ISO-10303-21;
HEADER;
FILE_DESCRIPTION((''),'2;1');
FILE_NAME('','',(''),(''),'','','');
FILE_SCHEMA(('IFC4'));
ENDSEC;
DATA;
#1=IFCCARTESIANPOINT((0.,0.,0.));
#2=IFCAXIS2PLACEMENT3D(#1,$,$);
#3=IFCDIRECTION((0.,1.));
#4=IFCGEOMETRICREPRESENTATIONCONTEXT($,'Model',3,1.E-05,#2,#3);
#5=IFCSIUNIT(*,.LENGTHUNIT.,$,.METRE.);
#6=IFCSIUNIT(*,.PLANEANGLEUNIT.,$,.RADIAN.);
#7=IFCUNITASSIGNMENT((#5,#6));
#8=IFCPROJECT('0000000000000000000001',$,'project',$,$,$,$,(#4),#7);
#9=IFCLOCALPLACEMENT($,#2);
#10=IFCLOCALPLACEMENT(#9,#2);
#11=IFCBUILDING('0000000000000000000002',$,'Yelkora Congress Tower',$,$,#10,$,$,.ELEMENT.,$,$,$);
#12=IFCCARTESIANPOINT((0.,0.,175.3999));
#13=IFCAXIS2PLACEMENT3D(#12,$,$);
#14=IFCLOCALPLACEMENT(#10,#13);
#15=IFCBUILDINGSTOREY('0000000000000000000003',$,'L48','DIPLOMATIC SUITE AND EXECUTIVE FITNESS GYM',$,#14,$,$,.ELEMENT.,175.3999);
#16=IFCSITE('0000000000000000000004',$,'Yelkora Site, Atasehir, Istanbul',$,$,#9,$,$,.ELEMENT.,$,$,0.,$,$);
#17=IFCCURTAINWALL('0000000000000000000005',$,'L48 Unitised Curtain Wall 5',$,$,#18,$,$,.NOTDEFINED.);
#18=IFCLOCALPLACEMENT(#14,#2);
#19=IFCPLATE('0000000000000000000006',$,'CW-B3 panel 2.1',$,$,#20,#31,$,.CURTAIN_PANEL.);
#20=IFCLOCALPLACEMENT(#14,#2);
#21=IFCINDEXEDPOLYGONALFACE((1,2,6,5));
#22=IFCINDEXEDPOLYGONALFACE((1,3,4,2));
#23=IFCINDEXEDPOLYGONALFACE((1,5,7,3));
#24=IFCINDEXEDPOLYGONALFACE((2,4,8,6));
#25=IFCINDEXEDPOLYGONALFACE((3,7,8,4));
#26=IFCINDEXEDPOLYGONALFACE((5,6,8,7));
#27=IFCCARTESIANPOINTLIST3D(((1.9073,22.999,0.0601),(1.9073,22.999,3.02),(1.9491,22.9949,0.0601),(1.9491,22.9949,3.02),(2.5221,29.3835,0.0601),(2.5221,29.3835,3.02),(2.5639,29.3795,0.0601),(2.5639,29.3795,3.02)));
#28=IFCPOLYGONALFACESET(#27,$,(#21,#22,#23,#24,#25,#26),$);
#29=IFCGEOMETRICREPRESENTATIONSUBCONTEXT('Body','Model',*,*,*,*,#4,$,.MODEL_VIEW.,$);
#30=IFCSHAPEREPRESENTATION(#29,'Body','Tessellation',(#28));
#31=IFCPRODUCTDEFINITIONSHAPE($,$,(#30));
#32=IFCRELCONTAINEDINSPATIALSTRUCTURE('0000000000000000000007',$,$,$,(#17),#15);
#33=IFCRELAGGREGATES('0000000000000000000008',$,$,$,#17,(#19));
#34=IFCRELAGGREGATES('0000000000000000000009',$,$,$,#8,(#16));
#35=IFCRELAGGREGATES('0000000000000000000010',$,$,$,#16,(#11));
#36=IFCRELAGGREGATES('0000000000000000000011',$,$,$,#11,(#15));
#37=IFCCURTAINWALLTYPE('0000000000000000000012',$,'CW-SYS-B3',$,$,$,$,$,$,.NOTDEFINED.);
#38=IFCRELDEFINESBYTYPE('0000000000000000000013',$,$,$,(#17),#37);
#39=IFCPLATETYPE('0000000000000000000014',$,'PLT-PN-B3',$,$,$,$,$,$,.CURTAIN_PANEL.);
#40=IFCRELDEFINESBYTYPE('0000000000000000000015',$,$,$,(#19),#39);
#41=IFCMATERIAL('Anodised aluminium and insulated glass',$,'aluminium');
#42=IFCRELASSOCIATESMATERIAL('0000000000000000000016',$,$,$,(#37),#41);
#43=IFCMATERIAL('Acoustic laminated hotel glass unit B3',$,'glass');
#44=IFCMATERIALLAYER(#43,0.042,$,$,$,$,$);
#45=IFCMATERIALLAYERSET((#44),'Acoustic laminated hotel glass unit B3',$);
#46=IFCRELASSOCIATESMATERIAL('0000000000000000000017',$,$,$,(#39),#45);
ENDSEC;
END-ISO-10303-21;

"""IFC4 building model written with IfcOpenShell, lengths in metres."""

from ifc_helpers import new_model, si_unit, direction, frame, origin, origin_2d, place, context, subcontext, project, spatial, rectangle, extrude, material, layer, layer_set, type_object, element, aggregate, save


model = new_model("IFC4")

# Units and contexts
model_context = context("Model", 3, precision=1e-05, world=origin(), true_north=direction((0.0, 1.0)))
body_context = subcontext(model_context, "Body", "Model", "MODEL_VIEW")
ifc_project = project(units=[si_unit("LENGTHUNIT", "METRE"), si_unit("PLANEANGLEUNIT", "RADIAN")], contexts=[model_context])

# Site, building, storey
site_placement = place(None, origin())
site = spatial("IfcSite", under=ifc_project, at=site_placement, Name="Yelkora Site, Atasehir, Istanbul", CompositionType="ELEMENT", RefElevation=0.0)
building_placement = place(site_placement, origin())
building = spatial("IfcBuilding", under=site, at=building_placement, Name="Yelkora Congress Tower", CompositionType="ELEMENT")
storey_placement = place(building_placement, frame((0.0, 0.0, 175.3999)))
storey = spatial("IfcBuildingStorey", under=building, at=storey_placement, Name="L48", Description="DIPLOMATIC SUITE AND EXECUTIVE FITNESS GYM", CompositionType="ELEMENT", Elevation=175.3999)

# Curtain wall, plate
ifc_material_1 = material(Name="Anodised aluminium and insulated glass", Category="aluminium")
curtain_wall_type = type_object("IfcCurtainWallType", Name="CW-SYS-B3", PredefinedType="NOTDEFINED", material=ifc_material_1)
curtain_wall_placement = place(storey_placement, origin())
curtain_wall = element("IfcCurtainWall", 1, at=curtain_wall_placement, inside=storey, type_object=curtain_wall_type, Name="L48 Unitised Curtain Wall 5", PredefinedType="NOTDEFINED")
ifc_material_2 = material(Name="Acoustic laminated hotel glass unit B3", Category="glass")
ifc_layer_1 = layer(ifc_material_2, 0.042)
ifc_layer_set_1 = layer_set([ifc_layer_1], Name="Acoustic laminated hotel glass unit B3")
plate_type = type_object("IfcPlateType", Name="PLT-PN-B3", PredefinedType="CURTAIN_PANEL", material=ifc_layer_set_1)
plate_1_placement = place(storey_placement, frame((2.2356, 26.1892, 0.0601), z_axis=(0.0, 0.0, 1.0), x_axis=(0.095845, 0.995396, 0.0)))
plate_1 = element("IfcPlate", 2, at=plate_1_placement, type_object=plate_type, Name="CW-B3 panel 2.1", PredefinedType="CURTAIN_PANEL", context=body_context, shape_type="SweptSolid", body=[
    extrude(rectangle(XDim=6.4141, YDim=0.042, at=origin_2d()), origin(), (0.0, 0.0, 1.0), 2.96),
])
aggregate(curtain_wall, [plate_1])

save(model, "model.ifc")
